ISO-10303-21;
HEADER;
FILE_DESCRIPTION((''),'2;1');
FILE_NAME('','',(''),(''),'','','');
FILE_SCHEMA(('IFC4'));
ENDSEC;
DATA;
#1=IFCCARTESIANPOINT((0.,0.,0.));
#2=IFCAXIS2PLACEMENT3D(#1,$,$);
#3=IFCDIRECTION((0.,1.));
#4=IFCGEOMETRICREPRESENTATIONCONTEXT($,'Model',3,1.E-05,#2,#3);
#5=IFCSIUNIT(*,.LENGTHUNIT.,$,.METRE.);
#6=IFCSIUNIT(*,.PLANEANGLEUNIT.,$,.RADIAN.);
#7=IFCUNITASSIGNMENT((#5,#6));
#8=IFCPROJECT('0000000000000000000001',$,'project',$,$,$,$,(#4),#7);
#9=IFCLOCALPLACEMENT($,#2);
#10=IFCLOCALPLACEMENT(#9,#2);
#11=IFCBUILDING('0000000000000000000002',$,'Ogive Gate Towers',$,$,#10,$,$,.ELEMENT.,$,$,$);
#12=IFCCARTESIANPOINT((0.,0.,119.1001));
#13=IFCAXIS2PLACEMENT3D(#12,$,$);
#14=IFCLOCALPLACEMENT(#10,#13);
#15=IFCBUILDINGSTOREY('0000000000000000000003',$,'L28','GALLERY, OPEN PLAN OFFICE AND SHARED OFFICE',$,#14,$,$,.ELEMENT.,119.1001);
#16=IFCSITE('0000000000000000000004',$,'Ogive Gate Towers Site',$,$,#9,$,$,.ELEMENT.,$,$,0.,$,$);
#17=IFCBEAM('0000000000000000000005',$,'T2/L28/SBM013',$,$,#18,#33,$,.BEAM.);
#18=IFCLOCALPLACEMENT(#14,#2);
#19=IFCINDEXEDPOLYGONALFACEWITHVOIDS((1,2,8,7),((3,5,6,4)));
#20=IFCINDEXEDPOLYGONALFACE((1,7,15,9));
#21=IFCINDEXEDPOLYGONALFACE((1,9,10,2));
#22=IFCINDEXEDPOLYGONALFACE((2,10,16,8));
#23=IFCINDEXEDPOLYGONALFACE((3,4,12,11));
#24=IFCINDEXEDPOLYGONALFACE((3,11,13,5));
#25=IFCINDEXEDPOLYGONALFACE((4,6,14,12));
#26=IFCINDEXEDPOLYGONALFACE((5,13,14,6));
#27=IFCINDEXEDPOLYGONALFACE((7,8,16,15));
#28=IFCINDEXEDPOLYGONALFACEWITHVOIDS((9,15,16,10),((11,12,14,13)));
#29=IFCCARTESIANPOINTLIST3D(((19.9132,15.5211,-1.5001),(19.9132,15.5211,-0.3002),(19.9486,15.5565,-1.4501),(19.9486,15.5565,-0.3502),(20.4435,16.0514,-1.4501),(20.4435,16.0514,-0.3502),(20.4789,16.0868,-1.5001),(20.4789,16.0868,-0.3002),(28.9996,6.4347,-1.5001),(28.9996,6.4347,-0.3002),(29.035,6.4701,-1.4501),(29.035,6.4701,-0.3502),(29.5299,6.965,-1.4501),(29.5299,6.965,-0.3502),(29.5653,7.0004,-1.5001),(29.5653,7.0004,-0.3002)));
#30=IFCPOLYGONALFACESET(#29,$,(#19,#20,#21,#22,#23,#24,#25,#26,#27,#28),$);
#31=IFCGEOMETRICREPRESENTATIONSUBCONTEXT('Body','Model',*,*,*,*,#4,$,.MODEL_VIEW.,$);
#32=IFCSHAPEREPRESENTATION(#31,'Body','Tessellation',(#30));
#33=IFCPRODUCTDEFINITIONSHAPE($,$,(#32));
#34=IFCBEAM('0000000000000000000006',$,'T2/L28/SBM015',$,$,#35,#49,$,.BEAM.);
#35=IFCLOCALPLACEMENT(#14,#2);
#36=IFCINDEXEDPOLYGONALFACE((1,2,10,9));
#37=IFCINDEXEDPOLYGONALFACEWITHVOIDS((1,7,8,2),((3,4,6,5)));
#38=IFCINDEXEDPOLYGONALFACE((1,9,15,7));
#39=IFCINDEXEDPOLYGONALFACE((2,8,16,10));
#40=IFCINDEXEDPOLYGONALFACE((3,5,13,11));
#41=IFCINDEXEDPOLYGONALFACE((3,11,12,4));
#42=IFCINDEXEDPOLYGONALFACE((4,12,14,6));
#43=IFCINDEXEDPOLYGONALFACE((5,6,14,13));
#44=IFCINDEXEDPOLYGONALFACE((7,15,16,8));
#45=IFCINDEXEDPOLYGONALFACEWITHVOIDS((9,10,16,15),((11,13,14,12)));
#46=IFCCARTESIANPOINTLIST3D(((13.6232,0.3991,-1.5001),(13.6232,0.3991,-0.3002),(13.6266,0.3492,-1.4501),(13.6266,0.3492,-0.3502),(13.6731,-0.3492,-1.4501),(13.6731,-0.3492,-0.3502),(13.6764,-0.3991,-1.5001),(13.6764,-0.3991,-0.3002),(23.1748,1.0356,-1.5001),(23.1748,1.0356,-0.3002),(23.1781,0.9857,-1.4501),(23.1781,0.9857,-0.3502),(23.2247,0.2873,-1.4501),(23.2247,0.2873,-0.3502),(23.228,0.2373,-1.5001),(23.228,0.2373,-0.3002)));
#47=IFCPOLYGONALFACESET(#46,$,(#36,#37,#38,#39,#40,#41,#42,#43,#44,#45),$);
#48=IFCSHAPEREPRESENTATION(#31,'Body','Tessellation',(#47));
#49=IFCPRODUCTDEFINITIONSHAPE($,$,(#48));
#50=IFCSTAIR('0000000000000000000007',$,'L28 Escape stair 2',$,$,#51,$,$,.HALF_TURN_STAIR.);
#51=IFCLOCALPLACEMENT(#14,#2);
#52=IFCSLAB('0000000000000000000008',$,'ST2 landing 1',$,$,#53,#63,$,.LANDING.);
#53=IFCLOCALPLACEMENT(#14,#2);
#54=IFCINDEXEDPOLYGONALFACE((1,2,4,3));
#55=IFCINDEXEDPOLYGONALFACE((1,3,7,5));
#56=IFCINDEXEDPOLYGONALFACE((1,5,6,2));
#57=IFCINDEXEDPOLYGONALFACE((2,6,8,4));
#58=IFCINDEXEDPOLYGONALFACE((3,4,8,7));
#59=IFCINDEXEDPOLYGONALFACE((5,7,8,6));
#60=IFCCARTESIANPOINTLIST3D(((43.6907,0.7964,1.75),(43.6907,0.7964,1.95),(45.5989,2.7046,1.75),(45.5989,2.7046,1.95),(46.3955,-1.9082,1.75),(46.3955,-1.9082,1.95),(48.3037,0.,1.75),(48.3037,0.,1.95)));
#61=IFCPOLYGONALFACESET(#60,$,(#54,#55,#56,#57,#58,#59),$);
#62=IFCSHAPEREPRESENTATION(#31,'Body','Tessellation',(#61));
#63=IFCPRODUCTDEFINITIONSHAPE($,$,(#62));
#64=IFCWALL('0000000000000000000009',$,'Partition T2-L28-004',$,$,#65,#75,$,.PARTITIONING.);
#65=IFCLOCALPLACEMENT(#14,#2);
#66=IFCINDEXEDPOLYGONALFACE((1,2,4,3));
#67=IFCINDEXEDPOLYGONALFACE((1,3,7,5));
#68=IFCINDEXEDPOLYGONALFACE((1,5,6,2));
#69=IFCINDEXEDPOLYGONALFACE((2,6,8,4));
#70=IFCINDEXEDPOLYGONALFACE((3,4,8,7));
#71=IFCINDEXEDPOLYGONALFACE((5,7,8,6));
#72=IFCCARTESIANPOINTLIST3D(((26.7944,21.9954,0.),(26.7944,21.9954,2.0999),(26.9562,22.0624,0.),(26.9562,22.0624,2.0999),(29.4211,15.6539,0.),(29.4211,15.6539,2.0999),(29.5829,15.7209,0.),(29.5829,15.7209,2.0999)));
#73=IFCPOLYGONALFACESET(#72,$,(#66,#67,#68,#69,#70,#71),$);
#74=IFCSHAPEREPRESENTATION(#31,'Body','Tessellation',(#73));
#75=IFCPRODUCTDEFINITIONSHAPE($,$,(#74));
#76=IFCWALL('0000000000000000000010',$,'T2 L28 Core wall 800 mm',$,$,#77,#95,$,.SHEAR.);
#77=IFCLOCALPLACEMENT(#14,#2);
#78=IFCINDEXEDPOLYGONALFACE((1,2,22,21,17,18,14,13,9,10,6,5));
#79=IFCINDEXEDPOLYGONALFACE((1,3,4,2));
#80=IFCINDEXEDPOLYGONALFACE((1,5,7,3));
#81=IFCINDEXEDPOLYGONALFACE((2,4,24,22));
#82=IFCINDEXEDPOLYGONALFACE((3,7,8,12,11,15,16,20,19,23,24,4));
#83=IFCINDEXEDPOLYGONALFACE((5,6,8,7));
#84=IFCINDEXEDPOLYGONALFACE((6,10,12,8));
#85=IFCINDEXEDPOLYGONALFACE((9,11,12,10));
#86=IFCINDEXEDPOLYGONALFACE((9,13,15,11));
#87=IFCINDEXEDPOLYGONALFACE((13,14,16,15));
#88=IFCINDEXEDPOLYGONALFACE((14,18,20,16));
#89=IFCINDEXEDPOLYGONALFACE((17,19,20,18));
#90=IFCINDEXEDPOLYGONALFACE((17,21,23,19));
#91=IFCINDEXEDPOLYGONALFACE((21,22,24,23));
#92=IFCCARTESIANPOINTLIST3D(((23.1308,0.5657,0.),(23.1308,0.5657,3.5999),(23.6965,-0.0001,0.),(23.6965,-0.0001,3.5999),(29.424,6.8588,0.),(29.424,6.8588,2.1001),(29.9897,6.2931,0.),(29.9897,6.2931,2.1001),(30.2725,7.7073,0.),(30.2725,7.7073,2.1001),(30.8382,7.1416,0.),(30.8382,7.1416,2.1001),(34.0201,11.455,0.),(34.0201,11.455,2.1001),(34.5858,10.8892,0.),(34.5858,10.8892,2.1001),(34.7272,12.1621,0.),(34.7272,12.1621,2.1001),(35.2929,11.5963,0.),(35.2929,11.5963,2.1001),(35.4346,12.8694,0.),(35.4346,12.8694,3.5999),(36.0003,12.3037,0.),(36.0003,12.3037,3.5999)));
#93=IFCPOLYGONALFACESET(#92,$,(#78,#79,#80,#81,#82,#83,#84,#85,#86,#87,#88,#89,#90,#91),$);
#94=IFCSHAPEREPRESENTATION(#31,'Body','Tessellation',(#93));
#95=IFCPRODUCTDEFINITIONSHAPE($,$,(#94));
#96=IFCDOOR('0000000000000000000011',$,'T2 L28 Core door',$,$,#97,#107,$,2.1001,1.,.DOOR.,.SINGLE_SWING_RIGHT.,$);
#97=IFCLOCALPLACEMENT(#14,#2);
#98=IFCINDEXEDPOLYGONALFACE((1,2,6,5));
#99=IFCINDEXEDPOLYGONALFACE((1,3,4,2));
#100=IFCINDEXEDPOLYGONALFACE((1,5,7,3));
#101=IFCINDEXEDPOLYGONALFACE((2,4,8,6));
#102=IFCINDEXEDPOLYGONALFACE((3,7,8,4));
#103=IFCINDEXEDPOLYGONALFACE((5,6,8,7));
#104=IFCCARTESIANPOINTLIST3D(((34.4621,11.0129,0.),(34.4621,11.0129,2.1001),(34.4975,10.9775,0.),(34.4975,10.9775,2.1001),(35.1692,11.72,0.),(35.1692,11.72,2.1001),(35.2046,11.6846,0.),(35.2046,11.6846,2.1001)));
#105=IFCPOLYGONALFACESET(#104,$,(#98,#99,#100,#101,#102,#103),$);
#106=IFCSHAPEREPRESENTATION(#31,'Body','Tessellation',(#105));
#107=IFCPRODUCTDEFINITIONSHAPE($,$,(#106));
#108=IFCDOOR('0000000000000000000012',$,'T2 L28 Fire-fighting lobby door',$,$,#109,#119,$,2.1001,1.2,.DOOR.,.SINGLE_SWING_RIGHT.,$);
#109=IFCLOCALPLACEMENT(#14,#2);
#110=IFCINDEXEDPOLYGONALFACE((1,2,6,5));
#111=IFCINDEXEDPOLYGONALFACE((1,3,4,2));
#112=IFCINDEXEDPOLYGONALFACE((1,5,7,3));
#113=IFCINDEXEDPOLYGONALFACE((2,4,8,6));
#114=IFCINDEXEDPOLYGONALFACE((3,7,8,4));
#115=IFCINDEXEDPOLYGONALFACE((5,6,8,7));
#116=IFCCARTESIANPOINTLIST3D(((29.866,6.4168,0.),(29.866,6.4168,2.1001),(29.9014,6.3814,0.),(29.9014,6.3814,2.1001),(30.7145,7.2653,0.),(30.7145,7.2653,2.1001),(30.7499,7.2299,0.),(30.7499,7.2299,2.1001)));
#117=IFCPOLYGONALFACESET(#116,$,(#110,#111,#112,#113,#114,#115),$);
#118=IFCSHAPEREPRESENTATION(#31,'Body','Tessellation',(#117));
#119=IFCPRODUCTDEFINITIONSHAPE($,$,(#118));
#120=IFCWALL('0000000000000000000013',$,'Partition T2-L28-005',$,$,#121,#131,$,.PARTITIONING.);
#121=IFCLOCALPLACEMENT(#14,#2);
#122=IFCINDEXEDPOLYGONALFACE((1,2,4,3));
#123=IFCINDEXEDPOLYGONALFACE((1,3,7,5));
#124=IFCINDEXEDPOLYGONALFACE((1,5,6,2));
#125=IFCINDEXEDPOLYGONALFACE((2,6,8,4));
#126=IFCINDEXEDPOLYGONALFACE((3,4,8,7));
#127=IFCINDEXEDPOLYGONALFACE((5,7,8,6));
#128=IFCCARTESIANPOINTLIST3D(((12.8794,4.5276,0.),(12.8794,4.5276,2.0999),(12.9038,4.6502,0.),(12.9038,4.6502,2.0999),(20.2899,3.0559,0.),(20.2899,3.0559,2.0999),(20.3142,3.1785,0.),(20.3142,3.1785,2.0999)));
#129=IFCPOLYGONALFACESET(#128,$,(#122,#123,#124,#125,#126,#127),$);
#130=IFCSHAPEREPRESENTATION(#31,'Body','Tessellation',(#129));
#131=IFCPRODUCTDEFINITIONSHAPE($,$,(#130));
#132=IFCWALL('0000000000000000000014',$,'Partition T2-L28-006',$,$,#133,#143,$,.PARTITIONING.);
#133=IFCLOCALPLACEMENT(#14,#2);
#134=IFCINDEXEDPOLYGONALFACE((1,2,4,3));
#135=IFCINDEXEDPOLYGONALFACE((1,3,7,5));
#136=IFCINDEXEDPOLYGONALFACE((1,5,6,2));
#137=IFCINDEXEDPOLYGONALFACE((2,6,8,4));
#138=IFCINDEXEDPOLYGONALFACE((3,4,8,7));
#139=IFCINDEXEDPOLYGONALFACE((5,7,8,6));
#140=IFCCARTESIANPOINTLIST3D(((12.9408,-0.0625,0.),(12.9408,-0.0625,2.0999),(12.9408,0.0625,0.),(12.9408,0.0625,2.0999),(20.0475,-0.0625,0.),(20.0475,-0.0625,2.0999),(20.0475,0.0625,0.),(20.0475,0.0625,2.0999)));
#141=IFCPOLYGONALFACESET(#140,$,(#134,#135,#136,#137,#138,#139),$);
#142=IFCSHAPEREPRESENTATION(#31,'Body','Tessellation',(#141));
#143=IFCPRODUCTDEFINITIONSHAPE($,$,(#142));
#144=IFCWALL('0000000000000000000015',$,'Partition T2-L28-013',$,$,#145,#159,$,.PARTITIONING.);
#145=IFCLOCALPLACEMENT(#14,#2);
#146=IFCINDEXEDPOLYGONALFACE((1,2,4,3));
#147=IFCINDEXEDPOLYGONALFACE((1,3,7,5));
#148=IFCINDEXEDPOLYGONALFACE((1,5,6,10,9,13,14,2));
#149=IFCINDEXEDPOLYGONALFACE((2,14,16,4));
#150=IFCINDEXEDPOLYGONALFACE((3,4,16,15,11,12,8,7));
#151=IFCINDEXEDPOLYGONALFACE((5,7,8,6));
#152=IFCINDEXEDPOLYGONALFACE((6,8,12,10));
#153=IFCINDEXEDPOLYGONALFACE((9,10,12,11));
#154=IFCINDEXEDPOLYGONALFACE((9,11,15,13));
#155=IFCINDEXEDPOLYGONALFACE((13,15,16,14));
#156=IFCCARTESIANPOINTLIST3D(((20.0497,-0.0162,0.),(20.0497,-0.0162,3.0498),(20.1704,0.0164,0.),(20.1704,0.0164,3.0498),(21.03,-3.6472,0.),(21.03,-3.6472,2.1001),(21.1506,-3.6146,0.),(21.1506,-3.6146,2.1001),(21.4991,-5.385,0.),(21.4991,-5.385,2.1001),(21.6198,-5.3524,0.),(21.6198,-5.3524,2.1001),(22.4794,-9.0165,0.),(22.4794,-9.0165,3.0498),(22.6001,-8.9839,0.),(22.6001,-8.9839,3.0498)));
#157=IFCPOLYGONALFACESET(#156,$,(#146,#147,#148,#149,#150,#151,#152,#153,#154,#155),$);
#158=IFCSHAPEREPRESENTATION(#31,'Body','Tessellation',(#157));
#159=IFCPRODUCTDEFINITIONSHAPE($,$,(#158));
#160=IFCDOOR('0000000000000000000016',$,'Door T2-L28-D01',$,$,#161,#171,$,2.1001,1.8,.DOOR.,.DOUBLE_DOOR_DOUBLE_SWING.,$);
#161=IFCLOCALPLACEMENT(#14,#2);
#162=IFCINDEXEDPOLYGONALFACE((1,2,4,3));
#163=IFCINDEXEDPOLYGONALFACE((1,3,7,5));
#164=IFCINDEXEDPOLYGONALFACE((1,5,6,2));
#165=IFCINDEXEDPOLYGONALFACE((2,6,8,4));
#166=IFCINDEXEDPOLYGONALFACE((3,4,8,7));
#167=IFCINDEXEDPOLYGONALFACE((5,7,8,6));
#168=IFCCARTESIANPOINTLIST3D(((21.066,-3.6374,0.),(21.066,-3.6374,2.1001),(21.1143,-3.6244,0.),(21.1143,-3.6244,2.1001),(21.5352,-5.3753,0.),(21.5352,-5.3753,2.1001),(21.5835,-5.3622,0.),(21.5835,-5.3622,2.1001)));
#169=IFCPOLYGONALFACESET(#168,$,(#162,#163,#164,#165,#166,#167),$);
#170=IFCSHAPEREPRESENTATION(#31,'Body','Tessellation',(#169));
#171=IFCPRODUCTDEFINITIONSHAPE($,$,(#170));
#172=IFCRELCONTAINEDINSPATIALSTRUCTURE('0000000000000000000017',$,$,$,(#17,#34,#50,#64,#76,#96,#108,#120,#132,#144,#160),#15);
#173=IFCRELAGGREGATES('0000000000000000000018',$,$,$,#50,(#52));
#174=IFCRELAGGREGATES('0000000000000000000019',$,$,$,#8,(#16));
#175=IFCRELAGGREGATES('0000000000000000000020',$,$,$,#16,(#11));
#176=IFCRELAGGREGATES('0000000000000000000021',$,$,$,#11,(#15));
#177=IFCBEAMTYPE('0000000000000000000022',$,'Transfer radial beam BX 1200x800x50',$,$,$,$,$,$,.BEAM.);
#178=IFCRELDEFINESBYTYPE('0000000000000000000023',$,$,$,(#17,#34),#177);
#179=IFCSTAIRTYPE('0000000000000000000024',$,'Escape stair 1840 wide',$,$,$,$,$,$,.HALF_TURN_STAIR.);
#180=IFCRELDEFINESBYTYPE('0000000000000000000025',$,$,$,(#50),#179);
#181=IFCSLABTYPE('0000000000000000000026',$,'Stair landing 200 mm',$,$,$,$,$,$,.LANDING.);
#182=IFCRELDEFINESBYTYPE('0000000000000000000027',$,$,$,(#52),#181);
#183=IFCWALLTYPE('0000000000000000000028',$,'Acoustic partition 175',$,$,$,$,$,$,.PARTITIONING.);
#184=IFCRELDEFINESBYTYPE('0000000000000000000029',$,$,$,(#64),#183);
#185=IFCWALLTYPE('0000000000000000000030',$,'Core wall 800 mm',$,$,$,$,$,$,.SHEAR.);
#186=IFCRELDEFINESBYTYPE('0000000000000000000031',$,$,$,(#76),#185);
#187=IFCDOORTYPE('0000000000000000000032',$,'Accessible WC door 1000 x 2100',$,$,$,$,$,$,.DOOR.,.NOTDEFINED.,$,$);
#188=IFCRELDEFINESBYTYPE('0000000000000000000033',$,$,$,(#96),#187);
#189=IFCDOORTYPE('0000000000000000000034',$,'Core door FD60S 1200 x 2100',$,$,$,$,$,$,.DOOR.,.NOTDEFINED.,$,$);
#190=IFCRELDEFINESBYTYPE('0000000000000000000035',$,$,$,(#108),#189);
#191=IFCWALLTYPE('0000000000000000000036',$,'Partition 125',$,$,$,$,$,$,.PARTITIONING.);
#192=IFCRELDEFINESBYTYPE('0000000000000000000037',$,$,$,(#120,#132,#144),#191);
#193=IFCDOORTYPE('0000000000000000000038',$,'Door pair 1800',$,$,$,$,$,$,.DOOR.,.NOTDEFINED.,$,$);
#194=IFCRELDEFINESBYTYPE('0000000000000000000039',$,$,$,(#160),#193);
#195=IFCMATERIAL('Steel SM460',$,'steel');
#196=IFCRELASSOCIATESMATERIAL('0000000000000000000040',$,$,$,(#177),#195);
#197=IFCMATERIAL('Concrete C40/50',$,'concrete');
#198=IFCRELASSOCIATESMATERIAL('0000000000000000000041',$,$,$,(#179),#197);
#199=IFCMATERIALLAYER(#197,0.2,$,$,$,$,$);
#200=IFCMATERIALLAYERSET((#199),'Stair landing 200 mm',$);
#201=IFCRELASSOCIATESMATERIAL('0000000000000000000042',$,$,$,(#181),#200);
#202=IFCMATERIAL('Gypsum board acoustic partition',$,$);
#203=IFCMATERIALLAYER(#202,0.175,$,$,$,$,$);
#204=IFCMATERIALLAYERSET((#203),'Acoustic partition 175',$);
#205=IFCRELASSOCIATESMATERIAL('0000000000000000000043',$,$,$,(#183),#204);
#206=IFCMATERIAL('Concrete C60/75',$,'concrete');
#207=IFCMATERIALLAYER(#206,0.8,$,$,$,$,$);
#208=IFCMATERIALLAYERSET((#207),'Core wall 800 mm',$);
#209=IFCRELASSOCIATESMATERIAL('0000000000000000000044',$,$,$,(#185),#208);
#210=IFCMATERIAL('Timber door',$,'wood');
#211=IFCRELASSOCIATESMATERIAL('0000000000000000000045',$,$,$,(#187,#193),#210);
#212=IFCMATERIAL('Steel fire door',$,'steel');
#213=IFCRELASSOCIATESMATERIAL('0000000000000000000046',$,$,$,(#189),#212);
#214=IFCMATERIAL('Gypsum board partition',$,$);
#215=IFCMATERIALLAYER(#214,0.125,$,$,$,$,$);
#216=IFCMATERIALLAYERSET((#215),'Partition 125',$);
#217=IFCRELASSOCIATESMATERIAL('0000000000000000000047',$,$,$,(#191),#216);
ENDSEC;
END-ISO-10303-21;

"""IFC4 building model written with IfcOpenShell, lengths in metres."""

from ifc_helpers import new_model, si_unit, direction, frame, frame_2d, origin, origin_2d, place, context, subcontext, project, spatial, polyline, rectangle, hollow_rectangle, outline, extrude, material, layer, layer_set, material_profile, profile_set, type_object, element, fill, aggregate, save


model = new_model("IFC4")

# Units and contexts
model_context = context("Model", 3, precision=1e-05, world=origin(), true_north=direction((0.0, 1.0)))
body_context = subcontext(model_context, "Body", "Model", "MODEL_VIEW")
ifc_project = project(units=[si_unit("LENGTHUNIT", "METRE"), si_unit("PLANEANGLEUNIT", "RADIAN")], contexts=[model_context])

# Site, building, storey
site_placement = place(None, origin())
site = spatial("IfcSite", under=ifc_project, at=site_placement, Name="Ogive Gate Towers Site", CompositionType="ELEMENT", RefElevation=0.0)
building_placement = place(site_placement, origin())
building = spatial("IfcBuilding", under=site, at=building_placement, Name="Ogive Gate Towers", CompositionType="ELEMENT")
storey_placement = place(building_placement, frame((0.0, 0.0, 119.1001)))
storey = spatial("IfcBuildingStorey", under=building, at=storey_placement, Name="L28", Description="GALLERY, OPEN PLAN OFFICE AND SHARED OFFICE", CompositionType="ELEMENT", Elevation=119.1001)

# Shared definitions
ifc_material_1 = material(Name="Steel SM460", Category="steel")

# Beams
ifc_material_2 = material(Name="Concrete C40/50", Category="concrete")
ifc_material_profile_1 = material_profile(ifc_material_1, hollow_rectangle(XDim=0.8, YDim=1.2, WallThickness=0.05, at=origin_2d()), Name="BX 1200x800x50")
ifc_profile_set_1 = profile_set([ifc_material_profile_1], Name="Steel SM460")
beam_type_1 = type_object("IfcBeamType", Name="Transfer radial beam BX 1200x800x50", PredefinedType="BEAM", material=ifc_profile_set_1)
beam_1_placement = place(storey_placement, frame((29.2825, 6.7175, -0.9001), z_axis=(-0.707107, 0.707107, 0.0), x_axis=(-0.707107, -0.707107, 0.0)))
element("IfcBeam", 1, at=beam_1_placement, inside=storey, type_object=beam_type_1, Name="T2/L28/SBM013", PredefinedType="BEAM", context=body_context, shape_type="SweptSolid", body=[
    extrude(hollow_rectangle(XDim=0.8, YDim=1.2, WallThickness=0.05, at=origin_2d()), origin(), (0.0, 0.0, 1.0), 12.8501),
])
beam_2_placement = place(storey_placement, frame((23.2014, 0.6365, -0.9001), z_axis=(-0.997787, -0.066489, 0.0), x_axis=(0.066489, -0.997787, 0.0)))
element("IfcBeam", 2, at=beam_2_placement, inside=storey, type_object=beam_type_1, Name="T2/L28/SBM015", PredefinedType="BEAM", context=body_context, shape_type="SweptSolid", body=[
    extrude(hollow_rectangle(XDim=0.8, YDim=1.2, WallThickness=0.05, at=origin_2d()), origin(), (0.0, 0.0, 1.0), 9.5728),
])

# Stair, slab
stair_type = type_object("IfcStairType", Name="Escape stair 1840 wide", PredefinedType="HALF_TURN_STAIR", material=ifc_material_2)
stair_1_placement = place(storey_placement, origin())
stair_1 = element("IfcStair", 3, at=stair_1_placement, inside=storey, type_object=stair_type, Name="L28 Escape stair 2", PredefinedType="HALF_TURN_STAIR")
ifc_layer_1 = layer(ifc_material_2, 0.2)
ifc_layer_set_1 = layer_set([ifc_layer_1], Name="Stair landing 200 mm")
slab_type = type_object("IfcSlabType", Name="Stair landing 200 mm", PredefinedType="LANDING", material=ifc_layer_set_1)
slab_placement = place(storey_placement, frame((0.0, 0.0, 1.75)))
slab = element("IfcSlab", 4, at=slab_placement, type_object=slab_type, Name="ST2 landing 1", PredefinedType="LANDING", context=body_context, shape_type="SweptSolid", body=[
    extrude(outline(polyline([(46.3955, -1.9082), (48.3037, 0.0), (45.5989, 2.7046), (43.6907, 0.7964), (46.3955, -1.9082)])), origin(), (0.0, 0.0, 1.0), 0.2),
])
aggregate(stair_1, [slab])

# Wall
ifc_material_3 = material(Name="Gypsum board acoustic partition")
ifc_layer_2 = layer(ifc_material_3, 0.175)
ifc_layer_set_2 = layer_set([ifc_layer_2], Name="Acoustic partition 175")
wall_type_1 = type_object("IfcWallType", Name="Acoustic partition 175", PredefinedType="PARTITIONING", material=ifc_layer_set_2)
wall_1_placement = place(storey_placement, frame((26.8752, 22.0291, 0.0), z_axis=(0.0, 0.0, 1.0), x_axis=(0.382677, -0.923882, 0.0)))
element("IfcWall", 5, at=wall_1_placement, inside=storey, type_object=wall_type_1, Name="Partition T2-L28-004", PredefinedType="PARTITIONING", context=body_context, shape_type="SweptSolid", body=[
    extrude(rectangle(XDim=6.864, YDim=0.175, at=frame_2d((3.4321, 0.0))), origin(), (0.0, 0.0, 1.0), 2.0999),
])

# Wall, openings, doors
ifc_material_4 = material(Name="Concrete C60/75", Category="concrete")
ifc_layer_3 = layer(ifc_material_4, 0.8)
ifc_layer_set_3 = layer_set([ifc_layer_3], Name="Core wall 800 mm")
wall_type_2 = type_object("IfcWallType", Name="Core wall 800 mm", PredefinedType="SHEAR", material=ifc_layer_set_3)
wall_2_placement = place(storey_placement, frame((23.4136, 0.2827, 0.0), z_axis=(0.0, 0.0, 1.0), x_axis=(0.707107, 0.707107, 0.0)))
wall_2 = element("IfcWall", 6, at=wall_2_placement, inside=storey, type_object=wall_type_2, Name="T2 L28 Core wall 800 mm", PredefinedType="SHEAR", context=body_context, shape_type="SweptSolid", body=[
    extrude(rectangle(XDim=17.4001, YDim=0.8, at=frame_2d((8.7002, 0.0))), origin(), (0.0, 0.0, 1.0), 3.5999),
])
opening_1_placement = place(wall_2_placement, frame((8.8999, 0.0, 0.0)))
opening_1 = element("IfcOpeningElement", 7, at=opening_1_placement, cuts=wall_2, PredefinedType="OPENING", context=body_context, shape_type="SweptSolid", body=[
    extrude(rectangle(XDim=1.2, YDim=2.1001, at=frame_2d((0.6001, 1.05))), frame((0.0, 0.4102, 0.0), z_axis=(0.0, -1.0, 0.0), x_axis=(1.0, 0.0, 0.0)), (0.0, 0.0, 1.0), 0.8201),
])
opening_2_placement = place(wall_2_placement, frame((15.3999, 0.0, 0.0)))
opening_2 = element("IfcOpeningElement", 8, at=opening_2_placement, cuts=wall_2, PredefinedType="OPENING", context=body_context, shape_type="SweptSolid", body=[
    extrude(rectangle(XDim=1.0, YDim=2.1001, at=frame_2d((0.5, 1.05))), frame((0.0, 0.4102, 0.0), z_axis=(0.0, -1.0, 0.0), x_axis=(1.0, 0.0, 0.0)), (0.0, 0.0, 1.0), 0.8201),
])
ifc_material_5 = material(Name="Timber door", Category="wood")
door_type_1 = type_object("IfcDoorType", Name="Accessible WC door 1000 x 2100", OperationType="NOTDEFINED", PredefinedType="DOOR", material=ifc_material_5)
door_1_placement = place(opening_2_placement, origin())
door_1 = element("IfcDoor", 9, at=door_1_placement, inside=storey, type_object=door_type_1, Name="T2 L28 Core door", OperationType="SINGLE_SWING_RIGHT", OverallHeight=2.1001, OverallWidth=1.0, PredefinedType="DOOR", context=body_context, shape_type="SweptSolid", body=[
    extrude(rectangle(XDim=1.0, YDim=2.1001, at=frame_2d((0.5, 1.05))), frame((0.0, -0.2251, 0.0), z_axis=(0.0, -1.0, 0.0), x_axis=(1.0, 0.0, 0.0)), (0.0, 0.0, 1.0), 0.05),
])
fill(opening_2, door_1)
ifc_material_6 = material(Name="Steel fire door", Category="steel")
door_type_2 = type_object("IfcDoorType", Name="Core door FD60S 1200 x 2100", OperationType="NOTDEFINED", PredefinedType="DOOR", material=ifc_material_6)
door_2_placement = place(opening_1_placement, origin())
door_2 = element("IfcDoor", 10, at=door_2_placement, inside=storey, type_object=door_type_2, Name="T2 L28 Fire-fighting lobby door", OperationType="SINGLE_SWING_RIGHT", OverallHeight=2.1001, OverallWidth=1.2, PredefinedType="DOOR", context=body_context, shape_type="SweptSolid", body=[
    extrude(rectangle(XDim=1.2, YDim=2.1001, at=frame_2d((0.6001, 1.05))), frame((0.0, -0.2251, 0.0), z_axis=(0.0, -1.0, 0.0), x_axis=(1.0, 0.0, 0.0)), (0.0, 0.0, 1.0), 0.05),
])
fill(opening_1, door_2)

# Walls
ifc_material_7 = material(Name="Gypsum board partition")
ifc_layer_4 = layer(ifc_material_7, 0.125)
ifc_layer_set_4 = layer_set([ifc_layer_4], Name="Partition 125")
wall_type_3 = type_object("IfcWallType", Name="Partition 125", PredefinedType="PARTITIONING", material=ifc_layer_set_4)
wall_3_placement = place(storey_placement, frame((12.8916, 4.5889, 0.0), z_axis=(0.0, 0.0, 1.0), x_axis=(0.980845, -0.194792, 0.0)))
element("IfcWall", 11, at=wall_3_placement, inside=storey, type_object=wall_type_3, Name="Partition T2-L28-005", PredefinedType="PARTITIONING", context=body_context, shape_type="SweptSolid", body=[
    extrude(rectangle(XDim=7.5552, YDim=0.125, at=frame_2d((3.7776, 0.0))), origin(), (0.0, 0.0, 1.0), 2.0999),
])
wall_4_placement = place(storey_placement, frame((12.9409, 0.0, 0.0), z_axis=(0.0, 0.0, 1.0), x_axis=(1.0, 0.0, 0.0)))
element("IfcWall", 12, at=wall_4_placement, inside=storey, type_object=wall_type_3, Name="Partition T2-L28-006", PredefinedType="PARTITIONING", context=body_context, shape_type="SweptSolid", body=[
    extrude(rectangle(XDim=7.1067, YDim=0.125, at=frame_2d((3.5532, 0.0))), origin(), (0.0, 0.0, 1.0), 2.0999),
])

# Wall, opening, door
wall_5_placement = place(storey_placement, frame((20.1101, 0.0, 0.0), z_axis=(0.0, 0.0, 1.0), x_axis=(0.260628, -0.965439, 0.0)))
wall_5 = element("IfcWall", 13, at=wall_5_placement, inside=storey, type_object=wall_type_3, Name="Partition T2-L28-013", PredefinedType="PARTITIONING", context=body_context, shape_type="SweptSolid", body=[
    extrude(rectangle(XDim=9.3225, YDim=0.125, at=frame_2d((4.6611, 0.0))), origin(), (0.0, 0.0, 1.0), 3.0498),
])
opening_3_placement = place(wall_5_placement, frame((3.761, 0.0, 0.0)))
opening_3 = element("IfcOpeningElement", 14, at=opening_3_placement, cuts=wall_5, PredefinedType="OPENING", context=body_context, shape_type="SweptSolid", body=[
    extrude(rectangle(XDim=1.8, YDim=2.1001, at=frame_2d((0.8999, 1.05))), frame((0.0, 0.0725, 0.0), z_axis=(0.0, -1.0, 0.0), x_axis=(1.0, 0.0, 0.0)), (0.0, 0.0, 1.0), 0.145),
])
door_type_3 = type_object("IfcDoorType", Name="Door pair 1800", OperationType="NOTDEFINED", PredefinedType="DOOR", material=ifc_material_5)
door_3_placement = place(opening_3_placement, origin())
door_3 = element("IfcDoor", 15, at=door_3_placement, inside=storey, type_object=door_type_3, Name="Door T2-L28-D01", OperationType="DOUBLE_DOOR_DOUBLE_SWING", OverallHeight=2.1001, OverallWidth=1.8, PredefinedType="DOOR", context=body_context, shape_type="SweptSolid", body=[
    extrude(rectangle(XDim=1.8, YDim=2.1001, at=frame_2d((0.8999, 1.05))), frame((0.0, 0.0249, 0.0), z_axis=(0.0, -1.0, 0.0), x_axis=(1.0, 0.0, 0.0)), (0.0, 0.0, 1.0), 0.05),
])
fill(opening_3, door_3)

save(model, "model.ifc")
